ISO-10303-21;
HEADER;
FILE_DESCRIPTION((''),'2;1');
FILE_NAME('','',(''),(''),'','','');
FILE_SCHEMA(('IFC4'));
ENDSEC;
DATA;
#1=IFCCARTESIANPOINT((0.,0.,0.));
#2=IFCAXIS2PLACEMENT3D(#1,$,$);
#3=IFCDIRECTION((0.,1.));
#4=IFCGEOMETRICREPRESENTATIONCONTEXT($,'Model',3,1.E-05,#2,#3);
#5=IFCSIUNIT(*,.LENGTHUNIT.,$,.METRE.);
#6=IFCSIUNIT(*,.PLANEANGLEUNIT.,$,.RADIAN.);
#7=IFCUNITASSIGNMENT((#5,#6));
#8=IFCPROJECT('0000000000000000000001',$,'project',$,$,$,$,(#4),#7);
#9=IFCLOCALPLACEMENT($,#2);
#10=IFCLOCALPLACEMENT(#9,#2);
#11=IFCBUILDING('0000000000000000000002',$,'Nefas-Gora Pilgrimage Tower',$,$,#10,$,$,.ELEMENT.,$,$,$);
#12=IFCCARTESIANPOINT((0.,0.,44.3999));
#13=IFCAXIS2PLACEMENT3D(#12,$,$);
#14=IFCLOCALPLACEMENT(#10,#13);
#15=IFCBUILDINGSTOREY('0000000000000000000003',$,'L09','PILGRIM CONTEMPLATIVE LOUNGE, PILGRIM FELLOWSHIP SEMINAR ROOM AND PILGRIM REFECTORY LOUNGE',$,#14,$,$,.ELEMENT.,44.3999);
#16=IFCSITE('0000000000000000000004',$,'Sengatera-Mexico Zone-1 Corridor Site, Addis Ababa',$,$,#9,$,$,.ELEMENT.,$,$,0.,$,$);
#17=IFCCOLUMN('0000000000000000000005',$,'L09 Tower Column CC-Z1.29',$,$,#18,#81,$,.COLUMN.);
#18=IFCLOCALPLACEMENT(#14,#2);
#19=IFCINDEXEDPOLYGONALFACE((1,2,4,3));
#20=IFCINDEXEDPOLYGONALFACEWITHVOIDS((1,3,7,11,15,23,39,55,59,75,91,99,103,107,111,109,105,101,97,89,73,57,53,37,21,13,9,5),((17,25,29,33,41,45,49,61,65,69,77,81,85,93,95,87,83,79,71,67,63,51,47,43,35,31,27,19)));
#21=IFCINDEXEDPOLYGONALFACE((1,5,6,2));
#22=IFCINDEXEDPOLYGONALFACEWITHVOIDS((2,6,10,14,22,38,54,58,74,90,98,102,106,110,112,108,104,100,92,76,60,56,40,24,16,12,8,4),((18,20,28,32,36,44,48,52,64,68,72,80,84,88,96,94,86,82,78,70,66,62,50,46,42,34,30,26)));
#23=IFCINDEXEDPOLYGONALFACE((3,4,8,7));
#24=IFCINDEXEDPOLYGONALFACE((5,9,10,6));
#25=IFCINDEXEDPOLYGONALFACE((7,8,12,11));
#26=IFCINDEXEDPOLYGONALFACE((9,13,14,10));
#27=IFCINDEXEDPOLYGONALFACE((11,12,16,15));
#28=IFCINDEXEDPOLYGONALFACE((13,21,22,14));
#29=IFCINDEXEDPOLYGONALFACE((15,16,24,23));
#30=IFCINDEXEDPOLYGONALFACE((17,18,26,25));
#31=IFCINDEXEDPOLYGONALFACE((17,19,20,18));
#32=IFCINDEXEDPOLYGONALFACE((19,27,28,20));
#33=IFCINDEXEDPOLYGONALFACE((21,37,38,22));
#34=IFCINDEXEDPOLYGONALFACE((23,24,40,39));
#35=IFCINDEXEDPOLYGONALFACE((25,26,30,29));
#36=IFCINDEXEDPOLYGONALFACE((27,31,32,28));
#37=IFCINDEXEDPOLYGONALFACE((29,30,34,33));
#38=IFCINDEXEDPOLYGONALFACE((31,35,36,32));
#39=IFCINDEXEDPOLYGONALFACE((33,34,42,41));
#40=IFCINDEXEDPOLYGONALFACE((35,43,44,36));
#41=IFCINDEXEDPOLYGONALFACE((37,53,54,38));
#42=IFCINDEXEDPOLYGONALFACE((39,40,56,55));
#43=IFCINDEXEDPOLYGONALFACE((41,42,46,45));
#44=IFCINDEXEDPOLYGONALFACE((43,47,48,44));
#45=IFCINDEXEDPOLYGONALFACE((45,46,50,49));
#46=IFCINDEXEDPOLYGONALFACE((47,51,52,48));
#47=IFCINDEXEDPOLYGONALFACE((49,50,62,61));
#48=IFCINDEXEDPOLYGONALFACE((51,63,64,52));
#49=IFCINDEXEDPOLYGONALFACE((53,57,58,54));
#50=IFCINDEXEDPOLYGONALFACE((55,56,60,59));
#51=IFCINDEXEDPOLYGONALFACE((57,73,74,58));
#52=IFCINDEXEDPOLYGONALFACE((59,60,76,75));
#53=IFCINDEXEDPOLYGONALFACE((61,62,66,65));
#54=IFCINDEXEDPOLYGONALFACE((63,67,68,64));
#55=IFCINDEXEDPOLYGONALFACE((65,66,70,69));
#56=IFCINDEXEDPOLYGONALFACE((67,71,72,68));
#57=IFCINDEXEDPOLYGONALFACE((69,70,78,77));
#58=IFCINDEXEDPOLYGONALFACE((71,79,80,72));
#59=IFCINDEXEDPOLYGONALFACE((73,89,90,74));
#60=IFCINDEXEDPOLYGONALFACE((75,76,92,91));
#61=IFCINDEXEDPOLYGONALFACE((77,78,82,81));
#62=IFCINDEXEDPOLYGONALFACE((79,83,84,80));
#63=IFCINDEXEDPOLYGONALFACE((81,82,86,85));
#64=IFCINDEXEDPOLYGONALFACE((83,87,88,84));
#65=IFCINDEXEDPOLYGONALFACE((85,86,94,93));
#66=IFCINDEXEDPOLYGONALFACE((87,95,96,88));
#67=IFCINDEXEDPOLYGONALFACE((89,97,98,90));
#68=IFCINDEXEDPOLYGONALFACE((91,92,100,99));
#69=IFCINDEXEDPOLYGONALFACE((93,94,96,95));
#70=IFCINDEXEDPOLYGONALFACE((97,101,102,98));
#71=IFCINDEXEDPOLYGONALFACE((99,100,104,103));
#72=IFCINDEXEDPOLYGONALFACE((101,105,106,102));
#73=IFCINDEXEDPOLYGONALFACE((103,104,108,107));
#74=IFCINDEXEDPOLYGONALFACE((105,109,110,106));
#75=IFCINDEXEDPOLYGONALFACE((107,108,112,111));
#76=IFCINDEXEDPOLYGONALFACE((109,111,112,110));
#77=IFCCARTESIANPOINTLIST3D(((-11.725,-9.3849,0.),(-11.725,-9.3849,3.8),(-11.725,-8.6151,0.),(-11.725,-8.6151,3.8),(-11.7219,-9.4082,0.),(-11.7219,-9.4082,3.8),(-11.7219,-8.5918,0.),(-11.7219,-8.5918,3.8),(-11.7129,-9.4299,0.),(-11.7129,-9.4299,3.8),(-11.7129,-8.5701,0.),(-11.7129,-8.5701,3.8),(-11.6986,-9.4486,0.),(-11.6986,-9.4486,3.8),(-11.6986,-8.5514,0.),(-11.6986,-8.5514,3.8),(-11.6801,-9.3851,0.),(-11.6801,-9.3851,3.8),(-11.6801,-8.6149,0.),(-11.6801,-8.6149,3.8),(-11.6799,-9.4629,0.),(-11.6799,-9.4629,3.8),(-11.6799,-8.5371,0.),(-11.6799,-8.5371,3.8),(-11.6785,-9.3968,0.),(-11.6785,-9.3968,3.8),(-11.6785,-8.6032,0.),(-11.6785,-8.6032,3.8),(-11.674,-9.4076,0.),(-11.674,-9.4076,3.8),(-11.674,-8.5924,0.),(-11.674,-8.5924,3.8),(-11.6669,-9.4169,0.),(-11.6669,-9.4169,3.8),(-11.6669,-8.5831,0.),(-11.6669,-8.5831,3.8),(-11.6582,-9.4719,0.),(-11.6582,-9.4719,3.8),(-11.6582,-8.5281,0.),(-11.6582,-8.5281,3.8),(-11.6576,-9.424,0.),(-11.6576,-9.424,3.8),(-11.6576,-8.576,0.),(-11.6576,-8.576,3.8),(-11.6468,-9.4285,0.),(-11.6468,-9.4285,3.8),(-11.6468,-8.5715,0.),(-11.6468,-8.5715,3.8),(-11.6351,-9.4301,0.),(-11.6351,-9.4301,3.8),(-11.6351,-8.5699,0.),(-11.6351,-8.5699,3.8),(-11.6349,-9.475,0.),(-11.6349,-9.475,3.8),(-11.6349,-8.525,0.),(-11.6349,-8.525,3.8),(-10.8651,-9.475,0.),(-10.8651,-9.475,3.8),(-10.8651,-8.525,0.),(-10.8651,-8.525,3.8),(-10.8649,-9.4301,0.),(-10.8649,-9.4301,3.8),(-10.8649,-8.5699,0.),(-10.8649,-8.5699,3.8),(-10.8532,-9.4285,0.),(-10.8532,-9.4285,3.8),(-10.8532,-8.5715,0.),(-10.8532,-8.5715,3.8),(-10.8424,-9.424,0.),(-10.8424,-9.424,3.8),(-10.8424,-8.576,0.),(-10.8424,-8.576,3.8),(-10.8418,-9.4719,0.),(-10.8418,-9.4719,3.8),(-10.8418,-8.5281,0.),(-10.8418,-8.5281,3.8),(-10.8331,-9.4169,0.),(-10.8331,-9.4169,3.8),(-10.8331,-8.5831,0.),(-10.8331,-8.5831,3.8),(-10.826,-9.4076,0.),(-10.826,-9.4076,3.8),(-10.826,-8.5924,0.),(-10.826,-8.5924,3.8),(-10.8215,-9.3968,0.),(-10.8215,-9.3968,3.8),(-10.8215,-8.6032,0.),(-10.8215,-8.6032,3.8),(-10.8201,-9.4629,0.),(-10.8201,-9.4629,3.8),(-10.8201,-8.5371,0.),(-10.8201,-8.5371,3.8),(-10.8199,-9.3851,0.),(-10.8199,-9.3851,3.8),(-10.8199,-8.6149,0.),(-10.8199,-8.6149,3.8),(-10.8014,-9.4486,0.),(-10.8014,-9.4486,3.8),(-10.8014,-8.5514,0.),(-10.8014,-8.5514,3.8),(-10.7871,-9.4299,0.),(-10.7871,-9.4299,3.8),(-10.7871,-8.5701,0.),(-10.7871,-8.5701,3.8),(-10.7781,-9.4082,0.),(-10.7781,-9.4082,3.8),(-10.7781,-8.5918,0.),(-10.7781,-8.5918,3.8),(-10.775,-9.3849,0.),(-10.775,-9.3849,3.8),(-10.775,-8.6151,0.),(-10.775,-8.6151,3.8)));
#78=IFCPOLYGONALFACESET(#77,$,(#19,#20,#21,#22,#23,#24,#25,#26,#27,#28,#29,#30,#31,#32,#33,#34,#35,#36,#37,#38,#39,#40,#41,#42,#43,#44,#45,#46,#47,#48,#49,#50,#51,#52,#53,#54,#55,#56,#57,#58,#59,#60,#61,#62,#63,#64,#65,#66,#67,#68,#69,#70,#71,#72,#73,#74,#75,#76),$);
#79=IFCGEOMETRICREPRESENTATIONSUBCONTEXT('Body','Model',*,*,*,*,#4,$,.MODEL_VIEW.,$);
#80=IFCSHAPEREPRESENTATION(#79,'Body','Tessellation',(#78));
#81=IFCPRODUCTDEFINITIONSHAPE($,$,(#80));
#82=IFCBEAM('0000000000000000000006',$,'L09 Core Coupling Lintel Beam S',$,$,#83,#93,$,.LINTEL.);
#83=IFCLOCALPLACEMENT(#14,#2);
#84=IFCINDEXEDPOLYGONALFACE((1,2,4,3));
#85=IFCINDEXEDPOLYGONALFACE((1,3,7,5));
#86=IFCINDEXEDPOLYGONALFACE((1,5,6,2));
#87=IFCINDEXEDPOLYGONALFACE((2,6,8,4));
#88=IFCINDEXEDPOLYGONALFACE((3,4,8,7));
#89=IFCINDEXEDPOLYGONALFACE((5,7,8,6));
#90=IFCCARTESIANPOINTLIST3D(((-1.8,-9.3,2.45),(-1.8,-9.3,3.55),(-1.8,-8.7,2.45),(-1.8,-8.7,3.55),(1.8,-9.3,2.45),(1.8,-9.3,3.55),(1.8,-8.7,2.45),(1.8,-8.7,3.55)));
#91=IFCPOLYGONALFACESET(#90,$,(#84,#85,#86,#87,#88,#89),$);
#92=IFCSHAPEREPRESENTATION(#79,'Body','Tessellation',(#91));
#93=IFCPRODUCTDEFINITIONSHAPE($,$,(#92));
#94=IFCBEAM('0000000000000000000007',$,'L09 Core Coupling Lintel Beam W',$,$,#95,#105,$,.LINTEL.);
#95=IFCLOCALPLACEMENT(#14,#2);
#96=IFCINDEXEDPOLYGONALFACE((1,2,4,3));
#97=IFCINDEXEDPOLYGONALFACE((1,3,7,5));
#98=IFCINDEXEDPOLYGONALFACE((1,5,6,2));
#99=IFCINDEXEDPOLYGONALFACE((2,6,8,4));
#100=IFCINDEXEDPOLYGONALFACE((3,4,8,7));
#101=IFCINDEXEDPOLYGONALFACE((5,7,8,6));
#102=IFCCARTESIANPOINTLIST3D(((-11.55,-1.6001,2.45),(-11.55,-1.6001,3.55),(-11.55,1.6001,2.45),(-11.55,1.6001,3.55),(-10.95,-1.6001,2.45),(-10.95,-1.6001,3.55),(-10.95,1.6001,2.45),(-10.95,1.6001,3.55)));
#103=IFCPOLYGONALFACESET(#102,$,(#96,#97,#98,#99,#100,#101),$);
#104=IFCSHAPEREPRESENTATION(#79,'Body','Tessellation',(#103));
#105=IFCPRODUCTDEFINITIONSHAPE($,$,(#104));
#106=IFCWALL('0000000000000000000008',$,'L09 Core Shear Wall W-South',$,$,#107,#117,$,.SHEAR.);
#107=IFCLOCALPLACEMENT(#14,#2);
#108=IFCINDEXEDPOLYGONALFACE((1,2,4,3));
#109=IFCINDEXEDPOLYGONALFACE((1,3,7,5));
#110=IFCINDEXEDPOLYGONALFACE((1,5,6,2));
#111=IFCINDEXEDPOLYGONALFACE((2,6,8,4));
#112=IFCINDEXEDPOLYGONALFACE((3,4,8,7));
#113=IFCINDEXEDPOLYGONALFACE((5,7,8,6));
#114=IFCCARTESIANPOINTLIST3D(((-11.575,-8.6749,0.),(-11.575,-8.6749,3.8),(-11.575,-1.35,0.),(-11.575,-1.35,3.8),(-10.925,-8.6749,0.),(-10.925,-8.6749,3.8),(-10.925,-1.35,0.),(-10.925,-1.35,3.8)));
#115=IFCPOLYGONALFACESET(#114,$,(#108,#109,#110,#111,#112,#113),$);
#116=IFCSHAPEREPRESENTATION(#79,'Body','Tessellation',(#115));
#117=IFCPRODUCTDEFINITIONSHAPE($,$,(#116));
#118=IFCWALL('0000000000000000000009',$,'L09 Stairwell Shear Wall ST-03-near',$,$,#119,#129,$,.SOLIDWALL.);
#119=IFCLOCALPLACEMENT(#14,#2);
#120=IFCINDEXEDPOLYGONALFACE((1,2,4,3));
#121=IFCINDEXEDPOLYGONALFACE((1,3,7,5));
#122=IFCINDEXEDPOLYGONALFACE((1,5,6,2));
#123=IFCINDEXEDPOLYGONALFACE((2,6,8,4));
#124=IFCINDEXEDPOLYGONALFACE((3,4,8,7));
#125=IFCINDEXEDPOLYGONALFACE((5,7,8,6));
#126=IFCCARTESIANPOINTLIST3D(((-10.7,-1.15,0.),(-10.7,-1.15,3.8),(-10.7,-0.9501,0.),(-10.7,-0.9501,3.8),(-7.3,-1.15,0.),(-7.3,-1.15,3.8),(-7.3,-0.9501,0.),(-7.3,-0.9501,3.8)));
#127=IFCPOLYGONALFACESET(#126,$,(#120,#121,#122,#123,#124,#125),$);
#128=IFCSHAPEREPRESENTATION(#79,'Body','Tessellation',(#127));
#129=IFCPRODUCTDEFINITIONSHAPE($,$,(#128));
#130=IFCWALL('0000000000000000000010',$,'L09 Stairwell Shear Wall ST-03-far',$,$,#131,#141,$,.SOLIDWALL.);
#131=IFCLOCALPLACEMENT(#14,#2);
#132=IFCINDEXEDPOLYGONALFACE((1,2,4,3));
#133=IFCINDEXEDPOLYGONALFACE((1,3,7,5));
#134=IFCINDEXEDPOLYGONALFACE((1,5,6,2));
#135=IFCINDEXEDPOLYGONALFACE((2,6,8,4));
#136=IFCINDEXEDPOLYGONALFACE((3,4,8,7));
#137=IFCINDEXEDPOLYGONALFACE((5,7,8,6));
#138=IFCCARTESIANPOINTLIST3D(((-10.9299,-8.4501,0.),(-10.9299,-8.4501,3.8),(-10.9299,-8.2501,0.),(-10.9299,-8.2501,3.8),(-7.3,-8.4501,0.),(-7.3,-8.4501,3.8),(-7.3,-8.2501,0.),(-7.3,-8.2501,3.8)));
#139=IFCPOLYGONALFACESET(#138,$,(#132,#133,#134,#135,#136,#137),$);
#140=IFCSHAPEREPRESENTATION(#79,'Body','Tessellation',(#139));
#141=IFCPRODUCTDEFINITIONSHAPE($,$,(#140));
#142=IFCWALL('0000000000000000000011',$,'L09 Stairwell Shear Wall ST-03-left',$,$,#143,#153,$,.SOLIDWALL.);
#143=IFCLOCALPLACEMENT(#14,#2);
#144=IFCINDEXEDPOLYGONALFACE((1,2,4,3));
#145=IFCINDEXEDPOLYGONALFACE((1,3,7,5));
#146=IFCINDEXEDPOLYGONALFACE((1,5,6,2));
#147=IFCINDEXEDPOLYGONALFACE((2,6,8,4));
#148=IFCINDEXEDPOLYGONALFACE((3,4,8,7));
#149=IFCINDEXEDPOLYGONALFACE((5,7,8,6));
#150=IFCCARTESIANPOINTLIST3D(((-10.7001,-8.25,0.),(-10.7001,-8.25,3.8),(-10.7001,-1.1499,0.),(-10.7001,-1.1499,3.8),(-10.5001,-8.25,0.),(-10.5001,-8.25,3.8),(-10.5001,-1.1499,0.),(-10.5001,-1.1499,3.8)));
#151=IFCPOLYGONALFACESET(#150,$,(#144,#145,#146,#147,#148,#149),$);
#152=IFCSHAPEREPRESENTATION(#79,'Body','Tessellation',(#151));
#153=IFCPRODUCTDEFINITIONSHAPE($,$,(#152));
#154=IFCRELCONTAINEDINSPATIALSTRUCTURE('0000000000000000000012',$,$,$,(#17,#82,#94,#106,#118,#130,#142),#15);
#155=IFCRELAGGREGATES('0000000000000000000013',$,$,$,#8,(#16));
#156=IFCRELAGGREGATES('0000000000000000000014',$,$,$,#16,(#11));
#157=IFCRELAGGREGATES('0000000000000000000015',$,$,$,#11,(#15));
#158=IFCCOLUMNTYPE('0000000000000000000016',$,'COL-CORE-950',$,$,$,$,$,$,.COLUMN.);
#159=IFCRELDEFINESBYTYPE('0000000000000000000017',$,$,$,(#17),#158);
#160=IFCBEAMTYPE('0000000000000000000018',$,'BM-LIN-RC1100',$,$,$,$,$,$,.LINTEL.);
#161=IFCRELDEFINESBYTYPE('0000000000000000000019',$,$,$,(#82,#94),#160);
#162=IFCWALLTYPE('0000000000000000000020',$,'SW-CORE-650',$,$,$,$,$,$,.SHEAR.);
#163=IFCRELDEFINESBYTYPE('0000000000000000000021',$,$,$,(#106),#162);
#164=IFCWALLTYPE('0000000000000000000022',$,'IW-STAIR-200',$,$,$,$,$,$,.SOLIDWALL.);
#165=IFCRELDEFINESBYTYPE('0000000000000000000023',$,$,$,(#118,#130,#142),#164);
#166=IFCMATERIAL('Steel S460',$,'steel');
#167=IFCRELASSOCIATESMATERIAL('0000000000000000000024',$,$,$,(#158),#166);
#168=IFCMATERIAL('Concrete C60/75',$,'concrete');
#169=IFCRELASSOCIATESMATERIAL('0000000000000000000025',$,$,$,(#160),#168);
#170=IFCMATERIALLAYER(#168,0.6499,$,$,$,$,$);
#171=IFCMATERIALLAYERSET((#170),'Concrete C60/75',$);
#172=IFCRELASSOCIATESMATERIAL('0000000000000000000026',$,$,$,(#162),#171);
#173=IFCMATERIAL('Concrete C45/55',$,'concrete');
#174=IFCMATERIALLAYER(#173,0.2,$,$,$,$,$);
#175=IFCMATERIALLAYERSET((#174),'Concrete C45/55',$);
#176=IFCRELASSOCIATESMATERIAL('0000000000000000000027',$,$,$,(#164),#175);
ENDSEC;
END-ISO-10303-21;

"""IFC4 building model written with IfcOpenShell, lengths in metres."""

from ifc_helpers import new_model, si_unit, direction, frame, frame_2d, origin, origin_2d, place, context, subcontext, project, spatial, rectangle, hollow_rectangle, extrude, source, transform, mapped, material, layer, layer_set, material_profile, profile_set, type_object, element, save


model = new_model("IFC4")

# Units and contexts
model_context = context("Model", 3, precision=1e-05, world=origin(), true_north=direction((0.0, 1.0)))
body_context = subcontext(model_context, "Body", "Model", "MODEL_VIEW")
ifc_project = project(units=[si_unit("LENGTHUNIT", "METRE"), si_unit("PLANEANGLEUNIT", "RADIAN")], contexts=[model_context])

# Site, building, storey
site_placement = place(None, origin())
site = spatial("IfcSite", under=ifc_project, at=site_placement, Name="Sengatera-Mexico Zone-1 Corridor Site, Addis Ababa", CompositionType="ELEMENT", RefElevation=0.0)
building_placement = place(site_placement, origin())
building = spatial("IfcBuilding", under=site, at=building_placement, Name="Nefas-Gora Pilgrimage Tower", CompositionType="ELEMENT")
storey_placement = place(building_placement, frame((0.0, 0.0, 44.3999)))
storey = spatial("IfcBuildingStorey", under=building, at=storey_placement, Name="L09", Description="PILGRIM CONTEMPLATIVE LOUNGE, PILGRIM FELLOWSHIP SEMINAR ROOM AND PILGRIM REFECTORY LOUNGE", CompositionType="ELEMENT", Elevation=44.3999)

# Column
ifc_material_1 = material(Name="Steel S460", Category="steel")
ifc_material_profile_1 = material_profile(ifc_material_1, hollow_rectangle(XDim=0.95, YDim=0.95, WallThickness=0.0449, InnerFilletRadius=0.0449, OuterFilletRadius=0.0901, at=origin_2d()), Name="BOX 950x950x45")
ifc_profile_set_1 = profile_set([ifc_material_profile_1], Name="Steel S460")
column_type = type_object("IfcColumnType", Name="COL-CORE-950", PredefinedType="COLUMN", material=ifc_profile_set_1)
shared_shape_1 = source(origin(), body_context, "Body", "SweptSolid", [
    extrude(hollow_rectangle(XDim=0.95, YDim=0.95, WallThickness=0.0449, InnerFilletRadius=0.0449, OuterFilletRadius=0.0901, at=origin_2d()), origin(), (0.0, 0.0, 1.0), 3.8),
])
column_placement = place(storey_placement, frame((-11.25, -9.0, 0.0), z_axis=(0.0, 0.0, 1.0), x_axis=(1.0, 0.0, 0.0)))
element("IfcColumn", 1, at=column_placement, inside=storey, type_object=column_type, Name="L09 Tower Column CC-Z1.29", PredefinedType="COLUMN", context=body_context, shape_type="MappedRepresentation", body=[
    mapped(shared_shape_1, transform((0.0, 0.0, 0.0), x_axis=(1.0, 0.0, 0.0), y_axis=(0.0, 1.0, 0.0), z_axis=(0.0, 0.0, 1.0), scale=1.0)),
])

# Beams
ifc_material_2 = material(Name="Concrete C60/75", Category="concrete")
ifc_material_profile_2 = material_profile(ifc_material_2, rectangle(XDim=0.6001, YDim=1.1001, at=origin_2d()), Name="RC 600x1100")
ifc_profile_set_2 = profile_set([ifc_material_profile_2], Name="Concrete C60/75")
beam_type = type_object("IfcBeamType", Name="BM-LIN-RC1100", PredefinedType="LINTEL", material=ifc_profile_set_2)
shared_shape_2 = source(origin(), body_context, "Body", "SweptSolid", [
    extrude(rectangle(XDim=0.6001, YDim=1.1001, at=origin_2d()), origin(), (0.0, 0.0, 1.0), 3.6001),
])
beam_1_placement = place(storey_placement, frame((-1.8, -9.0, 3.0), z_axis=(1.0, 0.0, 0.0), x_axis=(0.0, 1.0, 0.0)))
element("IfcBeam", 2, at=beam_1_placement, inside=storey, type_object=beam_type, Name="L09 Core Coupling Lintel Beam S", PredefinedType="LINTEL", context=body_context, shape_type="MappedRepresentation", body=[
    mapped(shared_shape_2, transform((0.0, 0.0, 0.0), x_axis=(1.0, 0.0, 0.0), y_axis=(0.0, 1.0, 0.0), z_axis=(0.0, 0.0, 1.0), scale=1.0)),
])
shared_shape_3 = source(origin(), body_context, "Body", "SweptSolid", [
    extrude(rectangle(XDim=0.6001, YDim=1.1001, at=origin_2d()), origin(), (0.0, 0.0, 1.0), 3.2002),
])
beam_2_placement = place(storey_placement, frame((-11.25, -1.6001, 3.0), z_axis=(0.0, 1.0, 0.0), x_axis=(-1.0, 0.0, 0.0)))
element("IfcBeam", 3, at=beam_2_placement, inside=storey, type_object=beam_type, Name="L09 Core Coupling Lintel Beam W", PredefinedType="LINTEL", context=body_context, shape_type="MappedRepresentation", body=[
    mapped(shared_shape_3, transform((0.0, 0.0, 0.0), x_axis=(1.0, 0.0, 0.0), y_axis=(0.0, 1.0, 0.0), z_axis=(0.0, 0.0, 1.0), scale=1.0)),
])

# Walls
ifc_layer_1 = layer(ifc_material_2, 0.6499)
ifc_layer_set_1 = layer_set([ifc_layer_1], Name="Concrete C60/75")
wall_type_1 = type_object("IfcWallType", Name="SW-CORE-650", PredefinedType="SHEAR", material=ifc_layer_set_1)
shared_shape_4 = source(origin(), body_context, "Body", "SweptSolid", [
    extrude(rectangle(XDim=7.325, YDim=0.6499, at=frame_2d((3.6626, 0.0))), origin(), (0.0, 0.0, 1.0), 3.8),
])
wall_1_placement = place(storey_placement, frame((-11.25, -8.675, 0.0), z_axis=(0.0, 0.0, 1.0), x_axis=(0.0, 1.0, 0.0)))
element("IfcWall", 4, at=wall_1_placement, inside=storey, type_object=wall_type_1, Name="L09 Core Shear Wall W-South", PredefinedType="SHEAR", context=body_context, shape_type="MappedRepresentation", body=[
    mapped(shared_shape_4, transform((0.0, 0.0, 0.0), x_axis=(1.0, 0.0, 0.0), y_axis=(0.0, 1.0, 0.0), z_axis=(0.0, 0.0, 1.0), scale=1.0)),
])
ifc_material_3 = material(Name="Concrete C45/55", Category="concrete")
ifc_layer_2 = layer(ifc_material_3, 0.2)
ifc_layer_set_2 = layer_set([ifc_layer_2], Name="Concrete C45/55")
wall_type_2 = type_object("IfcWallType", Name="IW-STAIR-200", PredefinedType="SOLIDWALL", material=ifc_layer_set_2)
shared_shape_5 = source(origin(), body_context, "Body", "SweptSolid", [
    extrude(rectangle(XDim=3.3999, YDim=0.2, at=frame_2d((1.7, 0.0))), origin(), (0.0, 0.0, 1.0), 3.8),
])
wall_2_placement = place(storey_placement, frame((-10.7, -1.05, 0.0), z_axis=(0.0, 0.0, 1.0), x_axis=(1.0, 0.0, 0.0)))
element("IfcWall", 5, at=wall_2_placement, inside=storey, type_object=wall_type_2, Name="L09 Stairwell Shear Wall ST-03-near", PredefinedType="SOLIDWALL", context=body_context, shape_type="MappedRepresentation", body=[
    mapped(shared_shape_5, transform((0.0, 0.0, 0.0), x_axis=(1.0, 0.0, 0.0), y_axis=(0.0, 1.0, 0.0), z_axis=(0.0, 0.0, 1.0), scale=1.0)),
])
shared_shape_6 = source(origin(), body_context, "Body", "SweptSolid", [
    extrude(rectangle(XDim=3.6299, YDim=0.2, at=frame_2d((1.8149, 0.0))), origin(), (0.0, 0.0, 1.0), 3.8),
])
wall_3_placement = place(storey_placement, frame((-10.9299, -8.3501, 0.0), z_axis=(0.0, 0.0, 1.0), x_axis=(1.0, 0.0, 0.0)))
element("IfcWall", 6, at=wall_3_placement, inside=storey, type_object=wall_type_2, Name="L09 Stairwell Shear Wall ST-03-far", PredefinedType="SOLIDWALL", context=body_context, shape_type="MappedRepresentation", body=[
    mapped(shared_shape_6, transform((0.0, 0.0, 0.0), x_axis=(1.0, 0.0, 0.0), y_axis=(0.0, 1.0, 0.0), z_axis=(0.0, 0.0, 1.0), scale=1.0)),
])
shared_shape_7 = source(origin(), body_context, "Body", "SweptSolid", [
    extrude(rectangle(XDim=7.1001, YDim=0.2, at=frame_2d((3.55, 0.0))), origin(), (0.0, 0.0, 1.0), 3.8),
])
wall_4_placement = place(storey_placement, frame((-10.6001, -1.1499, 0.0), z_axis=(0.0, 0.0, 1.0), x_axis=(0.0, -1.0, 0.0)))
element("IfcWall", 7, at=wall_4_placement, inside=storey, type_object=wall_type_2, Name="L09 Stairwell Shear Wall ST-03-left", PredefinedType="SOLIDWALL", context=body_context, shape_type="MappedRepresentation", body=[
    mapped(shared_shape_7, transform((0.0, 0.0, 0.0), x_axis=(1.0, 0.0, 0.0), y_axis=(0.0, 1.0, 0.0), z_axis=(0.0, 0.0, 1.0), scale=1.0)),
])

save(model, "model.ifc")
